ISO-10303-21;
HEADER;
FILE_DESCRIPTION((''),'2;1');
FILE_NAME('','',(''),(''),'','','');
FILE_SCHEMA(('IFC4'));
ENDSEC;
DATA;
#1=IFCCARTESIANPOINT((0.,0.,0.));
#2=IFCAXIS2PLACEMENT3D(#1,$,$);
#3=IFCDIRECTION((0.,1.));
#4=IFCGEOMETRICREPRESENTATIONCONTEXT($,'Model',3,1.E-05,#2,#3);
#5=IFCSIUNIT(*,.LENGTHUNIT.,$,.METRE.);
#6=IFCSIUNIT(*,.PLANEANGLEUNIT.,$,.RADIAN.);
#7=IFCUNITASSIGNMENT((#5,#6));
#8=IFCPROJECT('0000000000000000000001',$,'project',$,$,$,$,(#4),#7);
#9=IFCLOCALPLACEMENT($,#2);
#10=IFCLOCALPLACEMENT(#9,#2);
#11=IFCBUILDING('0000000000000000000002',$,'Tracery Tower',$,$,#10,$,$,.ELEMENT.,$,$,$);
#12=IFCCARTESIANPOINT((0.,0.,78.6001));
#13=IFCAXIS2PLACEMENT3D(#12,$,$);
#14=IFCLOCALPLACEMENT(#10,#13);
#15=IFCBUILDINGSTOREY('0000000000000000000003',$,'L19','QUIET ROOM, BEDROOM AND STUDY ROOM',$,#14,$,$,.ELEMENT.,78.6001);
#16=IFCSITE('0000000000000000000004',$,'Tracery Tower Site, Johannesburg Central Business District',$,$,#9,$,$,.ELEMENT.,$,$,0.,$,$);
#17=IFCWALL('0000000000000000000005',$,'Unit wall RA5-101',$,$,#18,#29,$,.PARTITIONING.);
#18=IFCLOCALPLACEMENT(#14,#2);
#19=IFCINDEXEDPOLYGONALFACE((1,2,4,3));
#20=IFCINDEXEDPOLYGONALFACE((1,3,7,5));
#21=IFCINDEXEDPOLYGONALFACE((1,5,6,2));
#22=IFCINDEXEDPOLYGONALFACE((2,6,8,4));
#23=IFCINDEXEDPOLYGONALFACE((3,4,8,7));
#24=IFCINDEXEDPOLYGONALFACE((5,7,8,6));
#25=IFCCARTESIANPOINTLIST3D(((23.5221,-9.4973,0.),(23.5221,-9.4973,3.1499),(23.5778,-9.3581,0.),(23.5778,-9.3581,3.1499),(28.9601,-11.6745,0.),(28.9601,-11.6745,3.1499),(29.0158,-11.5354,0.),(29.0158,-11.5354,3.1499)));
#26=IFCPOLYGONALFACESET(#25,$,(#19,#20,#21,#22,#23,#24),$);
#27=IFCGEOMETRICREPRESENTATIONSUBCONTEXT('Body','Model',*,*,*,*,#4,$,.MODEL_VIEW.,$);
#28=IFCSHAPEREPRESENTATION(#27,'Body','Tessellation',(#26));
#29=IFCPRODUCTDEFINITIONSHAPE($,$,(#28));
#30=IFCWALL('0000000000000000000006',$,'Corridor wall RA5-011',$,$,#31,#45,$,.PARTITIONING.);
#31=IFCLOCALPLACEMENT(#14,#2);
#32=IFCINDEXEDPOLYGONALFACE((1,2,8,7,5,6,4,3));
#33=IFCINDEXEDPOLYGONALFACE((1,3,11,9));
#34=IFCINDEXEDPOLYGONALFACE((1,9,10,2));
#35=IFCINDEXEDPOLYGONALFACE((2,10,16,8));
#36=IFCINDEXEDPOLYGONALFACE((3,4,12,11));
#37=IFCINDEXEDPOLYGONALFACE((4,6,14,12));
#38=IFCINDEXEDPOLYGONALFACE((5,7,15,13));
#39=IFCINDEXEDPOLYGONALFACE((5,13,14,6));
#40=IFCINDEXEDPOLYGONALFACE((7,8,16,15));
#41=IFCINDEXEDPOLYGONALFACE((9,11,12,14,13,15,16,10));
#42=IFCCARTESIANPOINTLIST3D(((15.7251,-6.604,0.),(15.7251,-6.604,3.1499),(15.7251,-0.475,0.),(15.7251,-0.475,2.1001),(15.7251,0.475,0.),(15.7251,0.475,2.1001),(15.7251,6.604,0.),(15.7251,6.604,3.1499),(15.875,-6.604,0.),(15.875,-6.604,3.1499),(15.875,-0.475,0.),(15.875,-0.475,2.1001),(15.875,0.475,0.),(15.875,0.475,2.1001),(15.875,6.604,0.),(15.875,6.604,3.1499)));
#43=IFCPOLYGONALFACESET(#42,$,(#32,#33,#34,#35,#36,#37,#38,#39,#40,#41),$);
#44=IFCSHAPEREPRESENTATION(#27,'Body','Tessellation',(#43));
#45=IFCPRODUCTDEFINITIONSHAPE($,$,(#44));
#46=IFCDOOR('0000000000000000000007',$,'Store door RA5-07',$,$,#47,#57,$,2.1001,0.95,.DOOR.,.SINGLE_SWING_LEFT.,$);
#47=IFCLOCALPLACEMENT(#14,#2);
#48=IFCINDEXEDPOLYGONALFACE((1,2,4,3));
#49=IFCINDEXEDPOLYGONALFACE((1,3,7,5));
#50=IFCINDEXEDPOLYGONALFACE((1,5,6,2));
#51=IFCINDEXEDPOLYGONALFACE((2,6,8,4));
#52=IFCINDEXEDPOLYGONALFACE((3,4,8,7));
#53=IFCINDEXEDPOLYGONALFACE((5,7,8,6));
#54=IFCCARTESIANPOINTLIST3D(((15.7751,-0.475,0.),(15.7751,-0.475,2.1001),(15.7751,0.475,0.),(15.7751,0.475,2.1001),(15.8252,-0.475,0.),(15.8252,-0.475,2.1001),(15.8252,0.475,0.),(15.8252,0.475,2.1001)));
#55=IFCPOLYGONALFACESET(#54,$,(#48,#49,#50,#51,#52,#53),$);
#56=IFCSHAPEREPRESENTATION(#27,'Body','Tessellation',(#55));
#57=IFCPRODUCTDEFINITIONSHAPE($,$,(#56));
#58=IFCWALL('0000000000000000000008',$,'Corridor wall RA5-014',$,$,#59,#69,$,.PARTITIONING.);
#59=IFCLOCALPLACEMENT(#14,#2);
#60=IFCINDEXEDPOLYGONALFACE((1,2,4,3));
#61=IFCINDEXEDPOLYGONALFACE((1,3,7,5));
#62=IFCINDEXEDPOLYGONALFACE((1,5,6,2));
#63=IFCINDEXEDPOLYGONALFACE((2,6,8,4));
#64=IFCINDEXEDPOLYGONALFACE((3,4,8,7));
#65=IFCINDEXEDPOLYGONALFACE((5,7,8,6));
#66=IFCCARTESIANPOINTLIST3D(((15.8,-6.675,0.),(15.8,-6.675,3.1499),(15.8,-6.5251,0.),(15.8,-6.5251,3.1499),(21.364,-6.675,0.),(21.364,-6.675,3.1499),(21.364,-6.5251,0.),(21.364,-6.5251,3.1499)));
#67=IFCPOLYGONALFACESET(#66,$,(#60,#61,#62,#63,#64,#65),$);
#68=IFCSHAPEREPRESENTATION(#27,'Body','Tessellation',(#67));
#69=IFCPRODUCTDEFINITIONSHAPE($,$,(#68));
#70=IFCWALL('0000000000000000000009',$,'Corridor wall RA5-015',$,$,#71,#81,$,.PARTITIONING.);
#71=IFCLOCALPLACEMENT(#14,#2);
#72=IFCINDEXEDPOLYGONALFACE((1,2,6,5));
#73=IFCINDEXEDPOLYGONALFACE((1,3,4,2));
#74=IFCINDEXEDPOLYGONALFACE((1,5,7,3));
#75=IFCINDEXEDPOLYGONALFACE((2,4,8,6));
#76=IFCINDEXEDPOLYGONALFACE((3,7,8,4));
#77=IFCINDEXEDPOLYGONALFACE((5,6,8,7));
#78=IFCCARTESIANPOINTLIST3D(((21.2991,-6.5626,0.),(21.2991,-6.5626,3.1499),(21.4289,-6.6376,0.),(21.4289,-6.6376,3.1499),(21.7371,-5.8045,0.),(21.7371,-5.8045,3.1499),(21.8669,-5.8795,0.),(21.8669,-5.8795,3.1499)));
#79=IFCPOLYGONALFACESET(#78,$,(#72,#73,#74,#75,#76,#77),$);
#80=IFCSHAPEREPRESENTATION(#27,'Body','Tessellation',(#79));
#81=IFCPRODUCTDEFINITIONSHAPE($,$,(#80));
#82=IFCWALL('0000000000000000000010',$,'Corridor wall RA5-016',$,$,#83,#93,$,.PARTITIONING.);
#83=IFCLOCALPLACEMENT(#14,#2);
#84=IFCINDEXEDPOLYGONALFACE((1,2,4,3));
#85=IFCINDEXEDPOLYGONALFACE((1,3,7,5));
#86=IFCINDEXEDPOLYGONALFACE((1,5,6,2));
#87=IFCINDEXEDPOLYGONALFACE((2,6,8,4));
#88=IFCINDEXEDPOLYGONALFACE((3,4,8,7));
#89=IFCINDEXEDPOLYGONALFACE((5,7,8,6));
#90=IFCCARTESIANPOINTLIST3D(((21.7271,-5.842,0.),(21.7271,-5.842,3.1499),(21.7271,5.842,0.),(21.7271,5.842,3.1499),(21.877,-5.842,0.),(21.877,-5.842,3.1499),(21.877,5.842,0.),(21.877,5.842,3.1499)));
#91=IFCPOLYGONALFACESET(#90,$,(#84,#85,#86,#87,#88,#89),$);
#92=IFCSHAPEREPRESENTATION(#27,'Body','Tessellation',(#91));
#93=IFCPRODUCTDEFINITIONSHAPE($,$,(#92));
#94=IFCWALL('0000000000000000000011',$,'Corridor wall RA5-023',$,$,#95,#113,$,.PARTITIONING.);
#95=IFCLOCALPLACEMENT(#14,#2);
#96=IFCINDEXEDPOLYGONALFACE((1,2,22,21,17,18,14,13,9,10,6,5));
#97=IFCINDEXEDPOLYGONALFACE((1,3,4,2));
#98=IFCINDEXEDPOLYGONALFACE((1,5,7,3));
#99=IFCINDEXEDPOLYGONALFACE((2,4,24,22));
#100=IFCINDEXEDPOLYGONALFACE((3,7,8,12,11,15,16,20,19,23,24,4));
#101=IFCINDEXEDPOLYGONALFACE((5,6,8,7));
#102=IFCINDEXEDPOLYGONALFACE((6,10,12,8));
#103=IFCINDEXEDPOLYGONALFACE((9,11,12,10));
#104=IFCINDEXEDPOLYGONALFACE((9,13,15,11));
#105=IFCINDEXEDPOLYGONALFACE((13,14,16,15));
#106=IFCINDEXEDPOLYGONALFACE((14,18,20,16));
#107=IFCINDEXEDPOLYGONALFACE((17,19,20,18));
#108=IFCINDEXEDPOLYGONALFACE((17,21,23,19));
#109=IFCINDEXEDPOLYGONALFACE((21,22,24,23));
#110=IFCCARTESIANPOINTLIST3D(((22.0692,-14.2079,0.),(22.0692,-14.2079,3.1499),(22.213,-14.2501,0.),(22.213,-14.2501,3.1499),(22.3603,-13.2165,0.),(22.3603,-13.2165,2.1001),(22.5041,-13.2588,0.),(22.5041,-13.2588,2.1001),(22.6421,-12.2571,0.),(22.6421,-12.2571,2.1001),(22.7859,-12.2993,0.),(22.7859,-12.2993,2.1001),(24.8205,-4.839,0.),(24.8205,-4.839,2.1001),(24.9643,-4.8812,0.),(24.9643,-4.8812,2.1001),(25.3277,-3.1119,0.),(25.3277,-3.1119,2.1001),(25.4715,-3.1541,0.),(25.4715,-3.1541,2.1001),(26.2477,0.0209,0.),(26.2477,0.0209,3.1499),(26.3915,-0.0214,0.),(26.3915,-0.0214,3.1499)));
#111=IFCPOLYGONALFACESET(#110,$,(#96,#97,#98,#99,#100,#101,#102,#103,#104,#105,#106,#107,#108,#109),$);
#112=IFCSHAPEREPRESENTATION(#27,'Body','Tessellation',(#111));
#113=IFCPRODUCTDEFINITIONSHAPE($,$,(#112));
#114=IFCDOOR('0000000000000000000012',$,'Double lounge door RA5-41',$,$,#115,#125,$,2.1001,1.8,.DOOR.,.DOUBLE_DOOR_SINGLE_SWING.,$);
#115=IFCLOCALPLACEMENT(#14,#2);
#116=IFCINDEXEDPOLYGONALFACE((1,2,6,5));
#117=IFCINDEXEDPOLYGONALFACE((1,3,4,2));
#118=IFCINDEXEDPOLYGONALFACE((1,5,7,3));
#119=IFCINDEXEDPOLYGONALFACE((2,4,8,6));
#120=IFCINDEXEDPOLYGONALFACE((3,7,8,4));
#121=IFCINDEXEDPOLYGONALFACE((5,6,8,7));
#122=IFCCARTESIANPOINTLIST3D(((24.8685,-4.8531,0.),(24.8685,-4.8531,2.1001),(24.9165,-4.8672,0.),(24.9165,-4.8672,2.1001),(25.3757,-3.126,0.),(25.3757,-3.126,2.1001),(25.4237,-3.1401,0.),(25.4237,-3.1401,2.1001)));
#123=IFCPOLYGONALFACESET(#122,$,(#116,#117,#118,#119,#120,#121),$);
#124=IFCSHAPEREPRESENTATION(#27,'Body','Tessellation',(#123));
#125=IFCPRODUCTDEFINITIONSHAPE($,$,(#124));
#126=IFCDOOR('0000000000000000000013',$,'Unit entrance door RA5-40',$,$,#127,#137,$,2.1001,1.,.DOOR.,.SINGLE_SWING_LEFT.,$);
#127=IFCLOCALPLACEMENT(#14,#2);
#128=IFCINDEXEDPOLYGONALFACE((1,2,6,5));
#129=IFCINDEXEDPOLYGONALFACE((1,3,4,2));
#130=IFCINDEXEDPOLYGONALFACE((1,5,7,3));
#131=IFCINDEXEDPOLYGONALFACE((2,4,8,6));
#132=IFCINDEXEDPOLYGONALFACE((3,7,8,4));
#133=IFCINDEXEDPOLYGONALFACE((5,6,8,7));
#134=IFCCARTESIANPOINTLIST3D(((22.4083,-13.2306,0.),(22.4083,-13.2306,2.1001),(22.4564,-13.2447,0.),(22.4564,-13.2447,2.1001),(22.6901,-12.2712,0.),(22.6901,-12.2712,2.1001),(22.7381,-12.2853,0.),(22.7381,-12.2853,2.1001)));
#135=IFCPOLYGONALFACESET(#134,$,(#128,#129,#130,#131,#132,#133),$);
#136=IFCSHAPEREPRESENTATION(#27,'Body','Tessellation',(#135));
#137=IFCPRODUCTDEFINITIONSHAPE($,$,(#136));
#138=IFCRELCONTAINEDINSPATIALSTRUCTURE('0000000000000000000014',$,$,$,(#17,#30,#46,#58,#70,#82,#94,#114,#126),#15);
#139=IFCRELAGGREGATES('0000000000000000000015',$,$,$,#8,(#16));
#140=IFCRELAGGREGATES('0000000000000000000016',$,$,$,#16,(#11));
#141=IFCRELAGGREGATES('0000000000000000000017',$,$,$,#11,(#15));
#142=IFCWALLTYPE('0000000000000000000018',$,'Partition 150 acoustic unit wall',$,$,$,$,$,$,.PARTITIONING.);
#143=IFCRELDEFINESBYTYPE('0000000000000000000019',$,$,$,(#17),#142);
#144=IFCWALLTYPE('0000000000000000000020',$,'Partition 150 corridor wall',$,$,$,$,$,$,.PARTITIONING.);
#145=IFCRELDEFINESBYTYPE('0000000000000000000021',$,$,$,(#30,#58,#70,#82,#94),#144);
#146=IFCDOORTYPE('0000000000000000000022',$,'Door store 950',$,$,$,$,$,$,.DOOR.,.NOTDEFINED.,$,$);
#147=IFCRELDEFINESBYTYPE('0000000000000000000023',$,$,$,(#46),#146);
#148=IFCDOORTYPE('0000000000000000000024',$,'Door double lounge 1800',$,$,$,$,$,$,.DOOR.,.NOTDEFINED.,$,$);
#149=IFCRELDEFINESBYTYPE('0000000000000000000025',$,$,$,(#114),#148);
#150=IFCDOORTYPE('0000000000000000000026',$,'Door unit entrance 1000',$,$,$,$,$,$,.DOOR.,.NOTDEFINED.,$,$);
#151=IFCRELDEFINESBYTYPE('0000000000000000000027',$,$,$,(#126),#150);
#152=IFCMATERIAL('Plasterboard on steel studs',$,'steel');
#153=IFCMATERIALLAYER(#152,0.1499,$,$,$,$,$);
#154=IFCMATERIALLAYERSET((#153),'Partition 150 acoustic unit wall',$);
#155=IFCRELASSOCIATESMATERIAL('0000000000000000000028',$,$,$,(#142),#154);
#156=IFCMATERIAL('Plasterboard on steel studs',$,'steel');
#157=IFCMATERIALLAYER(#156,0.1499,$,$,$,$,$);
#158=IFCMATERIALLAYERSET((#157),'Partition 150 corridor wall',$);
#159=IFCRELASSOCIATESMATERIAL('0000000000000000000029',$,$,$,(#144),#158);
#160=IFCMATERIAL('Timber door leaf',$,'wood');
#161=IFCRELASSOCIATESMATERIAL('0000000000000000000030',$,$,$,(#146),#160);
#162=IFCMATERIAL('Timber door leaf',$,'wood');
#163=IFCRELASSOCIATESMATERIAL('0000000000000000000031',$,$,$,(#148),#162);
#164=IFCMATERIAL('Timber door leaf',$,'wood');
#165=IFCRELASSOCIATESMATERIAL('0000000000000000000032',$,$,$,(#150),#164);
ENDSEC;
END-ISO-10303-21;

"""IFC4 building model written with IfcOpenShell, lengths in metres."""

from ifc_helpers import new_model, si_unit, direction, frame, frame_2d, origin, place, context, subcontext, project, spatial, rectangle, extrude, material, layer, layer_set, type_object, element, fill, save


model = new_model("IFC4")

# Units and contexts
model_context = context("Model", 3, precision=1e-05, world=origin(), true_north=direction((0.0, 1.0)))
body_context = subcontext(model_context, "Body", "Model", "MODEL_VIEW")
ifc_project = project(units=[si_unit("LENGTHUNIT", "METRE"), si_unit("PLANEANGLEUNIT", "RADIAN")], contexts=[model_context])

# Site, building, storey
site_placement = place(None, origin())
site = spatial("IfcSite", under=ifc_project, at=site_placement, Name="Tracery Tower Site, Johannesburg Central Business District", CompositionType="ELEMENT", RefElevation=0.0)
building_placement = place(site_placement, origin())
building = spatial("IfcBuilding", under=site, at=building_placement, Name="Tracery Tower", CompositionType="ELEMENT")
storey_placement = place(building_placement, frame((0.0, 0.0, 78.6001)))
storey = spatial("IfcBuildingStorey", under=building, at=storey_placement, Name="L19", Description="QUIET ROOM, BEDROOM AND STUDY ROOM", CompositionType="ELEMENT", Elevation=78.6001)

# Wall
ifc_material_1 = material(Name="Plasterboard on steel studs", Category="steel")
ifc_layer_1 = layer(ifc_material_1, 0.1499)
ifc_layer_set_1 = layer_set([ifc_layer_1], Name="Partition 150 acoustic unit wall")
wall_type_1 = type_object("IfcWallType", Name="Partition 150 acoustic unit wall", PredefinedType="PARTITIONING", material=ifc_layer_set_1)
wall_1_placement = place(storey_placement, frame((23.55, -9.4277, 0.0), z_axis=(0.0, 0.0, 1.0), x_axis=(0.928356, -0.371692, 0.0)))
element("IfcWall", 1, at=wall_1_placement, inside=storey, type_object=wall_type_1, Name="Unit wall RA5-101", PredefinedType="PARTITIONING", context=body_context, shape_type="SweptSolid", body=[
    extrude(rectangle(XDim=5.8577, YDim=0.1499, at=frame_2d((2.9287, 0.0))), origin(), (0.0, 0.0, 1.0), 3.1499),
])

# Wall, opening, door
ifc_material_2 = material(Name="Plasterboard on steel studs", Category="steel")
ifc_layer_2 = layer(ifc_material_2, 0.1499)
ifc_layer_set_2 = layer_set([ifc_layer_2], Name="Partition 150 corridor wall")
wall_type_2 = type_object("IfcWallType", Name="Partition 150 corridor wall", PredefinedType="PARTITIONING", material=ifc_layer_set_2)
wall_2_placement = place(storey_placement, frame((15.8, -6.604, 0.0), z_axis=(0.0, 0.0, 1.0), x_axis=(0.0, 1.0, 0.0)))
wall_2 = element("IfcWall", 2, at=wall_2_placement, inside=storey, type_object=wall_type_2, Name="Corridor wall RA5-011", PredefinedType="PARTITIONING", context=body_context, shape_type="SweptSolid", body=[
    extrude(rectangle(XDim=13.208, YDim=0.1499, at=frame_2d((6.604, 0.0))), origin(), (0.0, 0.0, 1.0), 3.1499),
])
opening_1_placement = place(wall_2_placement, frame((6.1289, 0.0, 0.0)))
opening_1 = element("IfcOpeningElement", 3, at=opening_1_placement, cuts=wall_2, PredefinedType="OPENING", context=body_context, shape_type="SweptSolid", body=[
    extrude(rectangle(XDim=0.95, YDim=2.1001, at=frame_2d((0.4751, 1.05))), frame((0.0, 0.075, 0.0), z_axis=(0.0, -1.0, 0.0), x_axis=(1.0, 0.0, 0.0)), (0.0, 0.0, 1.0), 0.1499),
])
ifc_material_3 = material(Name="Timber door leaf", Category="wood")
door_type_1 = type_object("IfcDoorType", Name="Door store 950", OperationType="NOTDEFINED", PredefinedType="DOOR", material=ifc_material_3)
door_1_placement = place(opening_1_placement, origin())
door_1 = element("IfcDoor", 4, at=door_1_placement, inside=storey, type_object=door_type_1, Name="Store door RA5-07", OperationType="SINGLE_SWING_LEFT", OverallHeight=2.1001, OverallWidth=0.95, PredefinedType="DOOR", context=body_context, shape_type="SweptSolid", body=[
    extrude(rectangle(XDim=0.95, YDim=2.1001, at=frame_2d((0.4751, 1.05))), frame((0.0, 0.0249, 0.0), z_axis=(0.0, -1.0, 0.0), x_axis=(1.0, 0.0, 0.0)), (0.0, 0.0, 1.0), 0.05),
])
fill(opening_1, door_1)

# Walls
wall_3_placement = place(storey_placement, frame((15.8, -6.6001, 0.0), z_axis=(0.0, 0.0, 1.0), x_axis=(1.0, 0.0, 0.0)))
element("IfcWall", 5, at=wall_3_placement, inside=storey, type_object=wall_type_2, Name="Corridor wall RA5-014", PredefinedType="PARTITIONING", context=body_context, shape_type="SweptSolid", body=[
    extrude(rectangle(XDim=5.564, YDim=0.1499, at=frame_2d((2.782, 0.0))), origin(), (0.0, 0.0, 1.0), 3.1499),
])
wall_4_placement = place(storey_placement, frame((21.364, -6.6001, 0.0), z_axis=(0.0, 0.0, 1.0), x_axis=(0.500278, 0.865865, 0.0)))
element("IfcWall", 6, at=wall_4_placement, inside=storey, type_object=wall_type_2, Name="Corridor wall RA5-015", PredefinedType="PARTITIONING", context=body_context, shape_type="SweptSolid", body=[
    extrude(rectangle(XDim=0.8755, YDim=0.1499, at=frame_2d((0.4377, 0.0))), origin(), (0.0, 0.0, 1.0), 3.1499),
])
wall_5_placement = place(storey_placement, frame((21.802, -5.842, 0.0), z_axis=(0.0, 0.0, 1.0), x_axis=(0.0, 1.0, 0.0)))
element("IfcWall", 7, at=wall_5_placement, inside=storey, type_object=wall_type_2, Name="Corridor wall RA5-016", PredefinedType="PARTITIONING", context=body_context, shape_type="SweptSolid", body=[
    extrude(rectangle(XDim=11.6841, YDim=0.1499, at=frame_2d((5.842, 0.0))), origin(), (0.0, 0.0, 1.0), 3.1499),
])

# Wall, openings, doors
wall_6_placement = place(storey_placement, frame((22.1411, -14.229, 0.0), z_axis=(0.0, 0.0, 1.0), x_axis=(0.281765, 0.959483, 0.0)))
wall_6 = element("IfcWall", 8, at=wall_6_placement, inside=storey, type_object=wall_type_2, Name="Corridor wall RA5-023", PredefinedType="PARTITIONING", context=body_context, shape_type="SweptSolid", body=[
    extrude(rectangle(XDim=14.8296, YDim=0.1499, at=frame_2d((7.4148, 0.0))), origin(), (0.0, 0.0, 1.0), 3.1499),
])
opening_2_placement = place(wall_6_placement, frame((1.0332, 0.0, 0.0)))
opening_2 = element("IfcOpeningElement", 9, at=opening_2_placement, cuts=wall_6, PredefinedType="OPENING", context=body_context, shape_type="SweptSolid", body=[
    extrude(rectangle(XDim=1.0, YDim=2.1001, at=frame_2d((0.5, 1.05))), frame((0.0, 0.075, 0.0), z_axis=(0.0, -1.0, 0.0), x_axis=(1.0, 0.0, 0.0)), (0.0, 0.0, 1.0), 0.1499),
])
opening_3_placement = place(wall_6_placement, frame((9.7646, 0.0, 0.0)))
opening_3 = element("IfcOpeningElement", 10, at=opening_3_placement, cuts=wall_6, PredefinedType="OPENING", context=body_context, shape_type="SweptSolid", body=[
    extrude(rectangle(XDim=1.8, YDim=2.1001, at=frame_2d((0.8999, 1.05))), frame((0.0, 0.075, 0.0), z_axis=(0.0, -1.0, 0.0), x_axis=(1.0, 0.0, 0.0)), (0.0, 0.0, 1.0), 0.1499),
])
ifc_material_4 = material(Name="Timber door leaf", Category="wood")
door_type_2 = type_object("IfcDoorType", Name="Door double lounge 1800", OperationType="NOTDEFINED", PredefinedType="DOOR", material=ifc_material_4)
door_2_placement = place(opening_3_placement, origin())
door_2 = element("IfcDoor", 11, at=door_2_placement, inside=storey, type_object=door_type_2, Name="Double lounge door RA5-41", OperationType="DOUBLE_DOOR_SINGLE_SWING", OverallHeight=2.1001, OverallWidth=1.8, PredefinedType="DOOR", context=body_context, shape_type="SweptSolid", body=[
    extrude(rectangle(XDim=1.8, YDim=2.1001, at=frame_2d((0.8999, 1.05))), frame((0.0, 0.0249, 0.0), z_axis=(0.0, -1.0, 0.0), x_axis=(1.0, 0.0, 0.0)), (0.0, 0.0, 1.0), 0.05),
])
fill(opening_3, door_2)
ifc_material_5 = material(Name="Timber door leaf", Category="wood")
door_type_3 = type_object("IfcDoorType", Name="Door unit entrance 1000", OperationType="NOTDEFINED", PredefinedType="DOOR", material=ifc_material_5)
door_3_placement = place(opening_2_placement, origin())
door_3 = element("IfcDoor", 12, at=door_3_placement, inside=storey, type_object=door_type_3, Name="Unit entrance door RA5-40", OperationType="SINGLE_SWING_LEFT", OverallHeight=2.1001, OverallWidth=1.0, PredefinedType="DOOR", context=body_context, shape_type="SweptSolid", body=[
    extrude(rectangle(XDim=1.0, YDim=2.1001, at=frame_2d((0.5, 1.05))), frame((0.0, 0.0249, 0.0), z_axis=(0.0, -1.0, 0.0), x_axis=(1.0, 0.0, 0.0)), (0.0, 0.0, 1.0), 0.05),
])
fill(opening_2, door_3)

save(model, "model.ifc")
